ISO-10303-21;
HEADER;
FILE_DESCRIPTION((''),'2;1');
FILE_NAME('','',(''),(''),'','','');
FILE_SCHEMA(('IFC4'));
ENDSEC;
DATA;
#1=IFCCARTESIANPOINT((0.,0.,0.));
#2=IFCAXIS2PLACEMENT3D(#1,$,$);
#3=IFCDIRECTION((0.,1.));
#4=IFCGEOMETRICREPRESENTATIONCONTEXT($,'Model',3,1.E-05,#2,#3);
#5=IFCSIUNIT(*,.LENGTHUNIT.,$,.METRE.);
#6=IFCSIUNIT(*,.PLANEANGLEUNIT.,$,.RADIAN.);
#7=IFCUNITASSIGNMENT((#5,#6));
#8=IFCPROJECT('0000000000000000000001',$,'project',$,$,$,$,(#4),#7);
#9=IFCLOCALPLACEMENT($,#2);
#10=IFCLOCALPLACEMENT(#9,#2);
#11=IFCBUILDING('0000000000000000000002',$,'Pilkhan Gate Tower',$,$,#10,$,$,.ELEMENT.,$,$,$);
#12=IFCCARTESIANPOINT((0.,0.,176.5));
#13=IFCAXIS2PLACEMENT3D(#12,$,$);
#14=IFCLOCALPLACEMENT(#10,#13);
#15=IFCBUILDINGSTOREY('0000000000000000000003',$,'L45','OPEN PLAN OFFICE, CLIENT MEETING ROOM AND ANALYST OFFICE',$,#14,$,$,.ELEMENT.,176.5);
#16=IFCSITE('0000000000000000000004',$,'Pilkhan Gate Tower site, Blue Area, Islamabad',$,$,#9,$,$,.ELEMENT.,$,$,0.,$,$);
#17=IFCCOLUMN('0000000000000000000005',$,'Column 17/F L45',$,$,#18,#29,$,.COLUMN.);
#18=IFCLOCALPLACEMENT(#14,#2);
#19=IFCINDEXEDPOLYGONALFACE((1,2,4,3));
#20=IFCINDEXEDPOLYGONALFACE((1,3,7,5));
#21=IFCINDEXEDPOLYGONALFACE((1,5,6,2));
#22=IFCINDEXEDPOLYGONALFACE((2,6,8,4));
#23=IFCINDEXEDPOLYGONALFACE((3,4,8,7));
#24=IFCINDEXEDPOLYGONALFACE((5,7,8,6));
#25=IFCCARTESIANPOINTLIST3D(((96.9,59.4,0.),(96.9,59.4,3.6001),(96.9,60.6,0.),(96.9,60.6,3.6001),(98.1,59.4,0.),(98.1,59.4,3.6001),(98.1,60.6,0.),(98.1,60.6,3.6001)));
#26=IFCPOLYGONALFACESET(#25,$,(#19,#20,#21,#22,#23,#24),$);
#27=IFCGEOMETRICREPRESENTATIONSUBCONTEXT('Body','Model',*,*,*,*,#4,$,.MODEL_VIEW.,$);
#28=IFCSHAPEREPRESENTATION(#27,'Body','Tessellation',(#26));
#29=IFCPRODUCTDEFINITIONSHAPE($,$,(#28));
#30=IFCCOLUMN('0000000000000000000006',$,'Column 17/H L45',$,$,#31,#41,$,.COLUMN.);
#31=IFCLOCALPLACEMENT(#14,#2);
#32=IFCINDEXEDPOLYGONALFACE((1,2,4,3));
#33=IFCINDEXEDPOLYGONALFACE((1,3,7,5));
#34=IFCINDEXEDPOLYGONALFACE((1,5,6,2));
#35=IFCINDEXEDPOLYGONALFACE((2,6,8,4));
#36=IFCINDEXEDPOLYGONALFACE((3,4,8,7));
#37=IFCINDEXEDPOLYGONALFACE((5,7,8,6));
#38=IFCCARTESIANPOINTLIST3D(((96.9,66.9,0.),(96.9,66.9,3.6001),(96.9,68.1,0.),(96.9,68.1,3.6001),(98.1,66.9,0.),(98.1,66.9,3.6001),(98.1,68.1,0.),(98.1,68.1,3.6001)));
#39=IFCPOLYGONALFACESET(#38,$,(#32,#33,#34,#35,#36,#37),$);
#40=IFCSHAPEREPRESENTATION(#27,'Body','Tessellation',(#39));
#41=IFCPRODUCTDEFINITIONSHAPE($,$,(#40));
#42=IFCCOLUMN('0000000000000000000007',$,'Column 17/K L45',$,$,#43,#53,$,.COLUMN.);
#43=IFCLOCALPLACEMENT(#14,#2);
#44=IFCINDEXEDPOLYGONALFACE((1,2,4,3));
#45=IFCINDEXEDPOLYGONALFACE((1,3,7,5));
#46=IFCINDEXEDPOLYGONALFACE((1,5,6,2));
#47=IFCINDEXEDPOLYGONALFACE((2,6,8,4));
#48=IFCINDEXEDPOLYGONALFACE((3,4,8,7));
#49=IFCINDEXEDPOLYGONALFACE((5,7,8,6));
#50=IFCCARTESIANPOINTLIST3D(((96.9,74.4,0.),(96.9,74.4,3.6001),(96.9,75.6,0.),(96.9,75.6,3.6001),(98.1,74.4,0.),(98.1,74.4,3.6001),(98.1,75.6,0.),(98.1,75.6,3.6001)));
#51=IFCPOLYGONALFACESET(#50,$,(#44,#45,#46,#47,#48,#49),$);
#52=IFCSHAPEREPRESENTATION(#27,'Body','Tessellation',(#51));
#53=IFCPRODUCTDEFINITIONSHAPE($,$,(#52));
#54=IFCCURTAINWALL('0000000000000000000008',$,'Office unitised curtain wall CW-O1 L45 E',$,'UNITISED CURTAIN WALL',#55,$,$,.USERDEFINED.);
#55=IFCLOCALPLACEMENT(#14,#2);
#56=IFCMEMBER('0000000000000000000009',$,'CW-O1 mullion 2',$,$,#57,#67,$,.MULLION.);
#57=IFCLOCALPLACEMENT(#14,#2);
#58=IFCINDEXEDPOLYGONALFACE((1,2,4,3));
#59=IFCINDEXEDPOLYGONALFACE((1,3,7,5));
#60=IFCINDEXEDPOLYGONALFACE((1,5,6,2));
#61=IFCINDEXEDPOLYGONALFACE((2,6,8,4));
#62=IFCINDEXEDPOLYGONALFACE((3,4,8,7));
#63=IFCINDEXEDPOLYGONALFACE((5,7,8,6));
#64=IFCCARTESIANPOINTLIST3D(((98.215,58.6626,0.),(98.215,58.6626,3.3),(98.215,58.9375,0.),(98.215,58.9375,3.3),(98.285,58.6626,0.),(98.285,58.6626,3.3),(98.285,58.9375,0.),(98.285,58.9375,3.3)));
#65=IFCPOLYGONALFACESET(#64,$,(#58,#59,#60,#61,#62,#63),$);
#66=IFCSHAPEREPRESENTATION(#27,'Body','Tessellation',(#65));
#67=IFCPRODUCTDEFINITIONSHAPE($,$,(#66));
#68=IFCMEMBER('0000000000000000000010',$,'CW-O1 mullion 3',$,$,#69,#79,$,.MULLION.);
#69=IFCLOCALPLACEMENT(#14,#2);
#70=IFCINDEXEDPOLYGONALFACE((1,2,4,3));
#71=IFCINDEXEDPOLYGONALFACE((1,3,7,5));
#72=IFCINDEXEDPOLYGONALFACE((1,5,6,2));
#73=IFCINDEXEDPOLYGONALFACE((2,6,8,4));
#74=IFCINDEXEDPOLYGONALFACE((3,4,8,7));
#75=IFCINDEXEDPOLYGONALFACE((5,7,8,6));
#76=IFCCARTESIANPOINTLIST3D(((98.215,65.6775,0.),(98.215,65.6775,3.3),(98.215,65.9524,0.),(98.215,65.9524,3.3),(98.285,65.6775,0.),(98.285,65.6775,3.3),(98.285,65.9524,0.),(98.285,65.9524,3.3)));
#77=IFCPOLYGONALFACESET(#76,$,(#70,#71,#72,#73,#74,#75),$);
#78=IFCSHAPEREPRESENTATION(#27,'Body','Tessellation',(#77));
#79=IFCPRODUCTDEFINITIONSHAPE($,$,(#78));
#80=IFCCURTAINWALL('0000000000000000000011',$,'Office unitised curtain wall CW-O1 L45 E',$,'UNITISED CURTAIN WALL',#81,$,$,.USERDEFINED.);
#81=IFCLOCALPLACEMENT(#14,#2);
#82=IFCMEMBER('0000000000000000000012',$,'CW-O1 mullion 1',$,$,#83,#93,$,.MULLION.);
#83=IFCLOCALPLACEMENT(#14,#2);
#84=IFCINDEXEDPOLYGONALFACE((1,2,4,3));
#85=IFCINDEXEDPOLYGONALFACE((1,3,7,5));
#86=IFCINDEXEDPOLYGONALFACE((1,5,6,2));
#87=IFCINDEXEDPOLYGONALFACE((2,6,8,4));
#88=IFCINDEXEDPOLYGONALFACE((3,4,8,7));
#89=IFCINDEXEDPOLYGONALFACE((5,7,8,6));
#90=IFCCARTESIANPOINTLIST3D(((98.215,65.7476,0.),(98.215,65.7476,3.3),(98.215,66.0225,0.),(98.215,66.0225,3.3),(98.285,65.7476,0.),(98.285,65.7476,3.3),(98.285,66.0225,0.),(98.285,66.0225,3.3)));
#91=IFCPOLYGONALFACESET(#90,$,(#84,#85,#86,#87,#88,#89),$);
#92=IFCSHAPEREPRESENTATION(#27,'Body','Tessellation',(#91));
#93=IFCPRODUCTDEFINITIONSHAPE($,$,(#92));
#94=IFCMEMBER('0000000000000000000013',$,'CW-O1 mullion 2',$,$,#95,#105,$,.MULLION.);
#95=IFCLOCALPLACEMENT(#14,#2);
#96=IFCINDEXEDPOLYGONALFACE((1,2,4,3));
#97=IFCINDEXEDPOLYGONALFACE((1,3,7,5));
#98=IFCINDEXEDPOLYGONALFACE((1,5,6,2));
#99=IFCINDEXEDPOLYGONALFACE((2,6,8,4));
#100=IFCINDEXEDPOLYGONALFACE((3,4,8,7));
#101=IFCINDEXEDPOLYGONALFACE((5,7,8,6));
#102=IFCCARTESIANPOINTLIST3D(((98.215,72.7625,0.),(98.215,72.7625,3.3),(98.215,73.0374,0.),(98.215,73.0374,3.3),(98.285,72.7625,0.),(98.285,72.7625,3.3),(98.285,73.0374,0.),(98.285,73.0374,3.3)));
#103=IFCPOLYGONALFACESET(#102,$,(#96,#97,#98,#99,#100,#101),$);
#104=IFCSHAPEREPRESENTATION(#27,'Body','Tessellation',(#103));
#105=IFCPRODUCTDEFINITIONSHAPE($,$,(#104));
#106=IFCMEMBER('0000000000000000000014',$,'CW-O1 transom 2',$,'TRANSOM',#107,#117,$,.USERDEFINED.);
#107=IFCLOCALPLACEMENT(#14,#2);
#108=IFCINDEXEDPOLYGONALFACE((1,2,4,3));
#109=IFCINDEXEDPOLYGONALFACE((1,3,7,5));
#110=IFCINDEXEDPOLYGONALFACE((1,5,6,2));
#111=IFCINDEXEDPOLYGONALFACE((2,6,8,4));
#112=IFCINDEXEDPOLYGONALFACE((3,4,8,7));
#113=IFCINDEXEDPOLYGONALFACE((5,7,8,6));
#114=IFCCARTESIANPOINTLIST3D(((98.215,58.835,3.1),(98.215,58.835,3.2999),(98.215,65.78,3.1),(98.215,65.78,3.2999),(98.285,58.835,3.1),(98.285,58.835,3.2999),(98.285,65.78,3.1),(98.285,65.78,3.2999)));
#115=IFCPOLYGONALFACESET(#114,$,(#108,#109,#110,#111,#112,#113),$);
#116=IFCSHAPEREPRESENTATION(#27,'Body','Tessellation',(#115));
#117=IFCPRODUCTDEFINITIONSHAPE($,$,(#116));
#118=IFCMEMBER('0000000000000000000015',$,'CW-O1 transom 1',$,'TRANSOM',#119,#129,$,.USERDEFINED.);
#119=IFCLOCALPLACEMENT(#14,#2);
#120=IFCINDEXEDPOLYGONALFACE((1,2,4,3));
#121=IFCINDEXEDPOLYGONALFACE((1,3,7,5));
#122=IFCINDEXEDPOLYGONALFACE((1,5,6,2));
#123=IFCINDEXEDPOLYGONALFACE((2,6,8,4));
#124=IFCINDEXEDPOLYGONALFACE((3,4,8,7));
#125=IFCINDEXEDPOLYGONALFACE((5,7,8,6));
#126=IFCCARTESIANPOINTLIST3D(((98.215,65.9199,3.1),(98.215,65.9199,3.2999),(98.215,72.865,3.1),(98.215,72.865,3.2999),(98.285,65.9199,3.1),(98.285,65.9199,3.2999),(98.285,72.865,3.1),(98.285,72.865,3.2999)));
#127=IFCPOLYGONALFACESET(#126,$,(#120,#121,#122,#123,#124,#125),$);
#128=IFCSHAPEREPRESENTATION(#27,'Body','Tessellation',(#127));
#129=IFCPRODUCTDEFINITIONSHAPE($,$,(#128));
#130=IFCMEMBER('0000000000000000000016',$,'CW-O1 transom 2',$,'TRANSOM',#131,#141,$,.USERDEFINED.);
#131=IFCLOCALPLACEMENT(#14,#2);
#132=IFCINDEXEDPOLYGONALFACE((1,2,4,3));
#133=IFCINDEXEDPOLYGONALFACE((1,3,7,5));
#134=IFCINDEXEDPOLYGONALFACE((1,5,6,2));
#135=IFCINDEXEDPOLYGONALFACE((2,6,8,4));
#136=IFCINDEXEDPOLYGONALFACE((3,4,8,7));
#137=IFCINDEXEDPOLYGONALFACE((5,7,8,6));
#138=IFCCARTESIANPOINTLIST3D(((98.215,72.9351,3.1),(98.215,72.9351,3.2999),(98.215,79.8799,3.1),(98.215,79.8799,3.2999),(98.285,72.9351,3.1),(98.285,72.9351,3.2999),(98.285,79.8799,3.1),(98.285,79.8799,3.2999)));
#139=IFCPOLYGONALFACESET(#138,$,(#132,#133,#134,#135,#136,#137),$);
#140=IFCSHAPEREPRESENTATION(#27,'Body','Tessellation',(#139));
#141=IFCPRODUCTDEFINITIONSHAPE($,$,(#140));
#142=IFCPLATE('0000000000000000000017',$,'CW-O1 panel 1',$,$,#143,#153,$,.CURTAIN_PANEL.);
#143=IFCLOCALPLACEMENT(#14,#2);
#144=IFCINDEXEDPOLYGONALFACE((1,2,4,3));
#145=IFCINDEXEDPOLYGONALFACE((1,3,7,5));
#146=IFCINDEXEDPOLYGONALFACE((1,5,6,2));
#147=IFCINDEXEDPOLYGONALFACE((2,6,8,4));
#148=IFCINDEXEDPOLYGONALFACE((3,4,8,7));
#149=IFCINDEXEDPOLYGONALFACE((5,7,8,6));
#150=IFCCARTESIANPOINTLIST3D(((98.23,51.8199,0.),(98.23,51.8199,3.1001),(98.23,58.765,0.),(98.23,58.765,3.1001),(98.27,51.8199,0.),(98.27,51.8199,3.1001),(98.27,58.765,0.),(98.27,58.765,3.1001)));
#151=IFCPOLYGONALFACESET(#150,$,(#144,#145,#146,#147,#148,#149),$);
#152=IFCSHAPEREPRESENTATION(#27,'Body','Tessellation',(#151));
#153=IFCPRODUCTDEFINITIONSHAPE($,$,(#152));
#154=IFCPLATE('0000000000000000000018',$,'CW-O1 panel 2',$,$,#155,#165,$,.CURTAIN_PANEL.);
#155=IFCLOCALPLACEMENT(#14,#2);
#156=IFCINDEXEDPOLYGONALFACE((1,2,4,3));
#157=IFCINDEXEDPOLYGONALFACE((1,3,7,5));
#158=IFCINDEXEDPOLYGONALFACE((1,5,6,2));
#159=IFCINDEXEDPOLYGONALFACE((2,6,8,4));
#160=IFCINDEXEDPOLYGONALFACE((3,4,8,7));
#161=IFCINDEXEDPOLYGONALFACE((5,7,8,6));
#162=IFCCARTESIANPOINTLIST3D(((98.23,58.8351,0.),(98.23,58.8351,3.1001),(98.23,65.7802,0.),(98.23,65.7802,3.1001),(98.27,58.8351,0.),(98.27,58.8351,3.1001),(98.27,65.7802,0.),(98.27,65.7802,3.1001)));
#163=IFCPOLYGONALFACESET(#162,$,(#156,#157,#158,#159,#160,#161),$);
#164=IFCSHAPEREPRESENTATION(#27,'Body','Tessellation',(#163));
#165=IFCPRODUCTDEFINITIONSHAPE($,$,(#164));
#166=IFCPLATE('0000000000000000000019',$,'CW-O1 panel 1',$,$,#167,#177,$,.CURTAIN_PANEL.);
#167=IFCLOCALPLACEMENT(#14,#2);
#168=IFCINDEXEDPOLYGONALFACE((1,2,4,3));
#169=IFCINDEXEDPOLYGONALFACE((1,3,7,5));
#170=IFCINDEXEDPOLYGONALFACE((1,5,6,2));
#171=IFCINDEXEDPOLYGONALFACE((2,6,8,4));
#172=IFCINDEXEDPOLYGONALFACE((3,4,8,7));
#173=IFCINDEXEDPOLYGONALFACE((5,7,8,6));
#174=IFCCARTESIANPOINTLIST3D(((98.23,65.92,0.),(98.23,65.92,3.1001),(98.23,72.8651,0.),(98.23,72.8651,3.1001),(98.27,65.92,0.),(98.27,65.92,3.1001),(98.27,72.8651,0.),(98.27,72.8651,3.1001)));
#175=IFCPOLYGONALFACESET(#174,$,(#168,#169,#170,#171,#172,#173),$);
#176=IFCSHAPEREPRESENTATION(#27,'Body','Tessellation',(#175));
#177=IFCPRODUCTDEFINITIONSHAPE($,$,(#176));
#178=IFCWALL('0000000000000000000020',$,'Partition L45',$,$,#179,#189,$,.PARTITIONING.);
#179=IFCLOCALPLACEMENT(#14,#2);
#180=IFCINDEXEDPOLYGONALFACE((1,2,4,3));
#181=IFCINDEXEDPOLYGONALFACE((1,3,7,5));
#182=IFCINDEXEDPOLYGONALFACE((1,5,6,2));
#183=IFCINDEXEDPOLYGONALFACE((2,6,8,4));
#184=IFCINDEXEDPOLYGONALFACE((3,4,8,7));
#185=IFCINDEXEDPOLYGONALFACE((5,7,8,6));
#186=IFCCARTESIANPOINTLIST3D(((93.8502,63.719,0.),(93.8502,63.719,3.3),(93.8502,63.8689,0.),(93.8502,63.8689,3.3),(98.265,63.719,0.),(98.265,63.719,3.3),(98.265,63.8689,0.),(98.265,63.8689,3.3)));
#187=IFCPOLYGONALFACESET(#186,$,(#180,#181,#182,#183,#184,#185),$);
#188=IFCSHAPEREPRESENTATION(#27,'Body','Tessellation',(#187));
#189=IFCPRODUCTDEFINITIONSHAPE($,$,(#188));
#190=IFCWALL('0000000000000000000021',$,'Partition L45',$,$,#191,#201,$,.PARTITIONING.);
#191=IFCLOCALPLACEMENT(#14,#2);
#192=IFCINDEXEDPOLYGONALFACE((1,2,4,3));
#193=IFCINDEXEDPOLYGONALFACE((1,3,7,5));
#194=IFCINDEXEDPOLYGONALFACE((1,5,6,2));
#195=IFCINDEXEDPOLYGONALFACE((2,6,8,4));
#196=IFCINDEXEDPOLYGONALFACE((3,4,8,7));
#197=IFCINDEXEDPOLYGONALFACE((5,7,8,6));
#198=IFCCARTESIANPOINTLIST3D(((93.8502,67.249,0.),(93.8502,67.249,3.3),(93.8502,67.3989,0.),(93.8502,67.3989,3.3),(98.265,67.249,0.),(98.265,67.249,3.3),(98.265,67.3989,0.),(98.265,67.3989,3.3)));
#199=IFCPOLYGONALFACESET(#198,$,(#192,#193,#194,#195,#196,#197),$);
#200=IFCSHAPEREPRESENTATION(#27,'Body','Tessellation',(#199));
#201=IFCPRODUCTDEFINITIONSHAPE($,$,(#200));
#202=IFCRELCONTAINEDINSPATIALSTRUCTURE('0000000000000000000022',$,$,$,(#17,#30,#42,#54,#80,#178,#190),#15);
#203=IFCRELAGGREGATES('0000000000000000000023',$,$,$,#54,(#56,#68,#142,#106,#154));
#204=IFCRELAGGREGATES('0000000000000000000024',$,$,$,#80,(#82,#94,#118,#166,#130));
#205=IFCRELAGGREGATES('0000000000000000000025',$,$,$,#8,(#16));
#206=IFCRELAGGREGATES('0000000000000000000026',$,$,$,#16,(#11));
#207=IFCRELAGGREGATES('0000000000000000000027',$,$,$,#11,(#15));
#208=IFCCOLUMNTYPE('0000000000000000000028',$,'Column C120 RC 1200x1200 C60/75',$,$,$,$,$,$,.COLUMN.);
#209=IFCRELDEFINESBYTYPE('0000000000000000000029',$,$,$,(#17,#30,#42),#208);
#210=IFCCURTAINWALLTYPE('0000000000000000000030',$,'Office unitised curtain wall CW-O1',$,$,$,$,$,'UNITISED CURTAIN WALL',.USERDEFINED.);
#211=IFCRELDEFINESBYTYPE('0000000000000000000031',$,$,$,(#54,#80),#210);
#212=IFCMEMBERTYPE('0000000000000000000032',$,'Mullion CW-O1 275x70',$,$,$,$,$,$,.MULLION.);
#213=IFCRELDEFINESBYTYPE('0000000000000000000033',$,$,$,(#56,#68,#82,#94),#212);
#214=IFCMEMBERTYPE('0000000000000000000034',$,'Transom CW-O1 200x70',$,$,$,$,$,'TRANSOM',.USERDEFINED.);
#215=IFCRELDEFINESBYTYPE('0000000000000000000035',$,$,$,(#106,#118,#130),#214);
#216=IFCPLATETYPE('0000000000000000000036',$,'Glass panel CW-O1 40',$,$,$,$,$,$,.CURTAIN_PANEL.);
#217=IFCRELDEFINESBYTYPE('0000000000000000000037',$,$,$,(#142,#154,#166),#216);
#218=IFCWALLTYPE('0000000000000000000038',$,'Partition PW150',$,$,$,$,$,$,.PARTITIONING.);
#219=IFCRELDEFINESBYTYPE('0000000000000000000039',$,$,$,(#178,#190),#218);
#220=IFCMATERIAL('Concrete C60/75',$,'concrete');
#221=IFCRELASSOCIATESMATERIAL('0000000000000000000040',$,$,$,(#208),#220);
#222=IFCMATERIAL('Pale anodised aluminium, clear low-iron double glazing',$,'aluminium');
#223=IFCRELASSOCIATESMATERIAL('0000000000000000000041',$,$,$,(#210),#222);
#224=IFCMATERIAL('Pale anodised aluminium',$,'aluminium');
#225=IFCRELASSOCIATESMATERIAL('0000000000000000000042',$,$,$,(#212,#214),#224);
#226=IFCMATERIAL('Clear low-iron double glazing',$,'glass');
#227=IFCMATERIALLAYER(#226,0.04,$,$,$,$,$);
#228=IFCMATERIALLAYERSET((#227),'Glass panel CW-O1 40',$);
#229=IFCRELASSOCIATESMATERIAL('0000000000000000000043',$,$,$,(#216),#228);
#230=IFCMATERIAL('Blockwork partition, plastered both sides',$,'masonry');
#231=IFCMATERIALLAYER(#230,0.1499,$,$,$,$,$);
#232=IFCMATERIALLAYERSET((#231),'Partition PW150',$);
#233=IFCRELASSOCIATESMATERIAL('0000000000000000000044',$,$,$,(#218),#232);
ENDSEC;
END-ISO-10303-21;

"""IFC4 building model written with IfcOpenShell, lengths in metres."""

from ifc_helpers import new_model, si_unit, direction, frame, frame_2d, origin, origin_2d, place, context, subcontext, project, spatial, rectangle, extrude, material, layer, layer_set, material_profile, profile_set, type_object, element, aggregate, save


model = new_model("IFC4")

# Units and contexts
model_context = context("Model", 3, precision=1e-05, world=origin(), true_north=direction((0.0, 1.0)))
body_context = subcontext(model_context, "Body", "Model", "MODEL_VIEW")
ifc_project = project(units=[si_unit("LENGTHUNIT", "METRE"), si_unit("PLANEANGLEUNIT", "RADIAN")], contexts=[model_context])

# Site, building, storey
site_placement = place(None, origin())
site = spatial("IfcSite", under=ifc_project, at=site_placement, Name="Pilkhan Gate Tower site, Blue Area, Islamabad", CompositionType="ELEMENT", RefElevation=0.0)
building_placement = place(site_placement, origin())
building = spatial("IfcBuilding", under=site, at=building_placement, Name="Pilkhan Gate Tower", CompositionType="ELEMENT")
storey_placement = place(building_placement, frame((0.0, 0.0, 176.5)))
storey = spatial("IfcBuildingStorey", under=building, at=storey_placement, Name="L45", Description="OPEN PLAN OFFICE, CLIENT MEETING ROOM AND ANALYST OFFICE", CompositionType="ELEMENT", Elevation=176.5)

# Columns
ifc_material_1 = material(Name="Concrete C60/75", Category="concrete")
ifc_material_profile_1 = material_profile(ifc_material_1, rectangle(XDim=1.2, YDim=1.2, at=origin_2d()), Name="RC 1200x1200")
ifc_profile_set_1 = profile_set([ifc_material_profile_1], Name="Concrete C60/75")
column_type = type_object("IfcColumnType", Name="Column C120 RC 1200x1200 C60/75", PredefinedType="COLUMN", material=ifc_profile_set_1)
for number, where, z_axis, x_axis, name in (
    (1, (97.5, 60.0, 0.0), (0.0, 0.0, 1.0), (1.0, 0.0, 0.0), "Column 17/F L45"),
    (2, (97.5, 67.5, 0.0), (0.0, 0.0, 1.0), (1.0, 0.0, 0.0), "Column 17/H L45"),
    (3, (97.5, 75.0, 0.0), (0.0, 0.0, 1.0), (1.0, 0.0, 0.0), "Column 17/K L45"),
):
    element("IfcColumn", number, at=place(storey_placement, frame(where, z_axis=z_axis, x_axis=x_axis)), inside=storey, type_object=column_type, Name=name, PredefinedType="COLUMN", context=body_context, shape_type="SweptSolid", body=[
        extrude(rectangle(XDim=1.2, YDim=1.2, at=origin_2d()), origin(), (0.0, 0.0, 1.0), 3.6001),
    ])

# Curtain walls, members
ifc_material_2 = material(Name="Pale anodised aluminium, clear low-iron double glazing", Category="aluminium")
curtain_wall_type = type_object("IfcCurtainWallType", Name="Office unitised curtain wall CW-O1", ElementType="UNITISED CURTAIN WALL", PredefinedType="USERDEFINED", material=ifc_material_2)
curtain_wall_1_placement = place(storey_placement, origin())
curtain_wall_1 = element("IfcCurtainWall", 4, at=curtain_wall_1_placement, inside=storey, type_object=curtain_wall_type, Name="Office unitised curtain wall CW-O1 L45 E", ObjectType="UNITISED CURTAIN WALL", PredefinedType="USERDEFINED")
ifc_material_3 = material(Name="Pale anodised aluminium", Category="aluminium")
ifc_material_profile_2 = material_profile(ifc_material_3, rectangle(XDim=0.0701, YDim=0.2749, at=origin_2d()), Name="Mullion 275x70")
ifc_profile_set_2 = profile_set([ifc_material_profile_2], Name="Pale anodised aluminium")
member_type_1 = type_object("IfcMemberType", Name="Mullion CW-O1 275x70", PredefinedType="MULLION", material=ifc_profile_set_2)
member_1_placement = place(storey_placement, frame((98.25, 58.8, 0.0), z_axis=(0.0, 0.0, 1.0), x_axis=(-1.0, 0.0, 0.0)))
member_1 = element("IfcMember", 5, at=member_1_placement, type_object=member_type_1, Name="CW-O1 mullion 2", PredefinedType="MULLION", context=body_context, shape_type="SweptSolid", body=[
    extrude(rectangle(XDim=0.0701, YDim=0.2749, at=origin_2d()), origin(), (0.0, 0.0, 1.0), 3.3),
])
member_2_placement = place(storey_placement, frame((98.25, 65.8149, 0.0), z_axis=(0.0, 0.0, 1.0), x_axis=(-1.0, 0.0, 0.0)))
member_2 = element("IfcMember", 6, at=member_2_placement, type_object=member_type_1, Name="CW-O1 mullion 3", PredefinedType="MULLION", context=body_context, shape_type="SweptSolid", body=[
    extrude(rectangle(XDim=0.0701, YDim=0.2749, at=origin_2d()), origin(), (0.0, 0.0, 1.0), 3.3),
])
curtain_wall_2_placement = place(storey_placement, origin())
curtain_wall_2 = element("IfcCurtainWall", 7, at=curtain_wall_2_placement, inside=storey, type_object=curtain_wall_type, Name="Office unitised curtain wall CW-O1 L45 E", ObjectType="UNITISED CURTAIN WALL", PredefinedType="USERDEFINED")
member_3_placement = place(storey_placement, frame((98.25, 65.885, 0.0), z_axis=(0.0, 0.0, 1.0), x_axis=(-1.0, 0.0, 0.0)))
member_3 = element("IfcMember", 8, at=member_3_placement, type_object=member_type_1, Name="CW-O1 mullion 1", PredefinedType="MULLION", context=body_context, shape_type="SweptSolid", body=[
    extrude(rectangle(XDim=0.0701, YDim=0.2749, at=origin_2d()), origin(), (0.0, 0.0, 1.0), 3.3),
])
member_4_placement = place(storey_placement, frame((98.25, 72.8999, 0.0), z_axis=(0.0, 0.0, 1.0), x_axis=(-1.0, 0.0, 0.0)))
member_4 = element("IfcMember", 9, at=member_4_placement, type_object=member_type_1, Name="CW-O1 mullion 2", PredefinedType="MULLION", context=body_context, shape_type="SweptSolid", body=[
    extrude(rectangle(XDim=0.0701, YDim=0.2749, at=origin_2d()), origin(), (0.0, 0.0, 1.0), 3.3),
])

# Members
ifc_material_profile_3 = material_profile(ifc_material_3, rectangle(XDim=0.0701, YDim=0.2, at=origin_2d()), Name="Transom 200x70")
ifc_profile_set_3 = profile_set([ifc_material_profile_3], Name="Pale anodised aluminium")
member_type_2 = type_object("IfcMemberType", Name="Transom CW-O1 200x70", ElementType="TRANSOM", PredefinedType="USERDEFINED", material=ifc_profile_set_3)
member_5_placement = place(storey_placement, frame((98.25, 58.835, 3.2), z_axis=(0.0, 1.0, 0.0), x_axis=(-1.0, 0.0, 0.0)))
member_5 = element("IfcMember", 10, at=member_5_placement, type_object=member_type_2, Name="CW-O1 transom 2", ObjectType="TRANSOM", PredefinedType="USERDEFINED", context=body_context, shape_type="SweptSolid", body=[
    extrude(rectangle(XDim=0.0701, YDim=0.2, at=origin_2d()), origin(), (0.0, 0.0, 1.0), 6.9451),
])
member_6_placement = place(storey_placement, frame((98.25, 65.9199, 3.2), z_axis=(0.0, 1.0, 0.0), x_axis=(-1.0, 0.0, 0.0)))
member_6 = element("IfcMember", 11, at=member_6_placement, type_object=member_type_2, Name="CW-O1 transom 1", ObjectType="TRANSOM", PredefinedType="USERDEFINED", context=body_context, shape_type="SweptSolid", body=[
    extrude(rectangle(XDim=0.0701, YDim=0.2, at=origin_2d()), origin(), (0.0, 0.0, 1.0), 6.9451),
])
member_7_placement = place(storey_placement, frame((98.25, 72.9351, 3.2), z_axis=(0.0, 1.0, 0.0), x_axis=(-1.0, 0.0, 0.0)))
member_7 = element("IfcMember", 12, at=member_7_placement, type_object=member_type_2, Name="CW-O1 transom 2", ObjectType="TRANSOM", PredefinedType="USERDEFINED", context=body_context, shape_type="SweptSolid", body=[
    extrude(rectangle(XDim=0.0701, YDim=0.2, at=origin_2d()), origin(), (0.0, 0.0, 1.0), 6.9448),
])

# Plates
ifc_material_4 = material(Name="Clear low-iron double glazing", Category="glass")
ifc_layer_1 = layer(ifc_material_4, 0.04)
ifc_layer_set_1 = layer_set([ifc_layer_1], Name="Glass panel CW-O1 40")
plate_type = type_object("IfcPlateType", Name="Glass panel CW-O1 40", PredefinedType="CURTAIN_PANEL", material=ifc_layer_set_1)
plate_1_placement = place(storey_placement, frame((98.25, 55.2925, 0.0), z_axis=(0.0, 0.0, 1.0), x_axis=(0.0, 1.0, 0.0)))
plate_1 = element("IfcPlate", 13, at=plate_1_placement, type_object=plate_type, Name="CW-O1 panel 1", PredefinedType="CURTAIN_PANEL", context=body_context, shape_type="SweptSolid", body=[
    extrude(rectangle(XDim=6.9451, YDim=0.04, at=origin_2d()), origin(), (0.0, 0.0, 1.0), 3.1001),
])
plate_2_placement = place(storey_placement, frame((98.25, 62.3076, 0.0), z_axis=(0.0, 0.0, 1.0), x_axis=(0.0, 1.0, 0.0)))
plate_2 = element("IfcPlate", 14, at=plate_2_placement, type_object=plate_type, Name="CW-O1 panel 2", PredefinedType="CURTAIN_PANEL", context=body_context, shape_type="SweptSolid", body=[
    extrude(rectangle(XDim=6.9451, YDim=0.04, at=origin_2d()), origin(), (0.0, 0.0, 1.0), 3.1001),
])
aggregate(curtain_wall_1, [member_1, member_2, plate_1, member_5, plate_2])
plate_3_placement = place(storey_placement, frame((98.25, 69.3926, 0.0), z_axis=(0.0, 0.0, 1.0), x_axis=(0.0, 1.0, 0.0)))
plate_3 = element("IfcPlate", 15, at=plate_3_placement, type_object=plate_type, Name="CW-O1 panel 1", PredefinedType="CURTAIN_PANEL", context=body_context, shape_type="SweptSolid", body=[
    extrude(rectangle(XDim=6.9451, YDim=0.04, at=origin_2d()), origin(), (0.0, 0.0, 1.0), 3.1001),
])
aggregate(curtain_wall_2, [member_3, member_4, member_6, plate_3, member_7])

# Walls
ifc_material_5 = material(Name="Blockwork partition, plastered both sides", Category="masonry")
ifc_layer_2 = layer(ifc_material_5, 0.1499)
ifc_layer_set_2 = layer_set([ifc_layer_2], Name="Partition PW150")
wall_type = type_object("IfcWallType", Name="Partition PW150", PredefinedType="PARTITIONING", material=ifc_layer_set_2)
for number, where, z_axis, x_axis, name in (
    (16, (93.8501, 63.7939, 0.0), (0.0, 0.0, 1.0), (1.0, 0.0, 0.0), "Partition L45"),
    (17, (93.8501, 67.324, 0.0), (0.0, 0.0, 1.0), (1.0, 0.0, 0.0), "Partition L45"),
):
    element("IfcWall", number, at=place(storey_placement, frame(where, z_axis=z_axis, x_axis=x_axis)), inside=storey, type_object=wall_type, Name=name, PredefinedType="PARTITIONING", context=body_context, shape_type="SweptSolid", body=[
        extrude(rectangle(XDim=4.4148, YDim=0.1499, at=frame_2d((2.2075, 0.0))), origin(), (0.0, 0.0, 1.0), 3.3),
    ])

save(model, "model.ifc")
